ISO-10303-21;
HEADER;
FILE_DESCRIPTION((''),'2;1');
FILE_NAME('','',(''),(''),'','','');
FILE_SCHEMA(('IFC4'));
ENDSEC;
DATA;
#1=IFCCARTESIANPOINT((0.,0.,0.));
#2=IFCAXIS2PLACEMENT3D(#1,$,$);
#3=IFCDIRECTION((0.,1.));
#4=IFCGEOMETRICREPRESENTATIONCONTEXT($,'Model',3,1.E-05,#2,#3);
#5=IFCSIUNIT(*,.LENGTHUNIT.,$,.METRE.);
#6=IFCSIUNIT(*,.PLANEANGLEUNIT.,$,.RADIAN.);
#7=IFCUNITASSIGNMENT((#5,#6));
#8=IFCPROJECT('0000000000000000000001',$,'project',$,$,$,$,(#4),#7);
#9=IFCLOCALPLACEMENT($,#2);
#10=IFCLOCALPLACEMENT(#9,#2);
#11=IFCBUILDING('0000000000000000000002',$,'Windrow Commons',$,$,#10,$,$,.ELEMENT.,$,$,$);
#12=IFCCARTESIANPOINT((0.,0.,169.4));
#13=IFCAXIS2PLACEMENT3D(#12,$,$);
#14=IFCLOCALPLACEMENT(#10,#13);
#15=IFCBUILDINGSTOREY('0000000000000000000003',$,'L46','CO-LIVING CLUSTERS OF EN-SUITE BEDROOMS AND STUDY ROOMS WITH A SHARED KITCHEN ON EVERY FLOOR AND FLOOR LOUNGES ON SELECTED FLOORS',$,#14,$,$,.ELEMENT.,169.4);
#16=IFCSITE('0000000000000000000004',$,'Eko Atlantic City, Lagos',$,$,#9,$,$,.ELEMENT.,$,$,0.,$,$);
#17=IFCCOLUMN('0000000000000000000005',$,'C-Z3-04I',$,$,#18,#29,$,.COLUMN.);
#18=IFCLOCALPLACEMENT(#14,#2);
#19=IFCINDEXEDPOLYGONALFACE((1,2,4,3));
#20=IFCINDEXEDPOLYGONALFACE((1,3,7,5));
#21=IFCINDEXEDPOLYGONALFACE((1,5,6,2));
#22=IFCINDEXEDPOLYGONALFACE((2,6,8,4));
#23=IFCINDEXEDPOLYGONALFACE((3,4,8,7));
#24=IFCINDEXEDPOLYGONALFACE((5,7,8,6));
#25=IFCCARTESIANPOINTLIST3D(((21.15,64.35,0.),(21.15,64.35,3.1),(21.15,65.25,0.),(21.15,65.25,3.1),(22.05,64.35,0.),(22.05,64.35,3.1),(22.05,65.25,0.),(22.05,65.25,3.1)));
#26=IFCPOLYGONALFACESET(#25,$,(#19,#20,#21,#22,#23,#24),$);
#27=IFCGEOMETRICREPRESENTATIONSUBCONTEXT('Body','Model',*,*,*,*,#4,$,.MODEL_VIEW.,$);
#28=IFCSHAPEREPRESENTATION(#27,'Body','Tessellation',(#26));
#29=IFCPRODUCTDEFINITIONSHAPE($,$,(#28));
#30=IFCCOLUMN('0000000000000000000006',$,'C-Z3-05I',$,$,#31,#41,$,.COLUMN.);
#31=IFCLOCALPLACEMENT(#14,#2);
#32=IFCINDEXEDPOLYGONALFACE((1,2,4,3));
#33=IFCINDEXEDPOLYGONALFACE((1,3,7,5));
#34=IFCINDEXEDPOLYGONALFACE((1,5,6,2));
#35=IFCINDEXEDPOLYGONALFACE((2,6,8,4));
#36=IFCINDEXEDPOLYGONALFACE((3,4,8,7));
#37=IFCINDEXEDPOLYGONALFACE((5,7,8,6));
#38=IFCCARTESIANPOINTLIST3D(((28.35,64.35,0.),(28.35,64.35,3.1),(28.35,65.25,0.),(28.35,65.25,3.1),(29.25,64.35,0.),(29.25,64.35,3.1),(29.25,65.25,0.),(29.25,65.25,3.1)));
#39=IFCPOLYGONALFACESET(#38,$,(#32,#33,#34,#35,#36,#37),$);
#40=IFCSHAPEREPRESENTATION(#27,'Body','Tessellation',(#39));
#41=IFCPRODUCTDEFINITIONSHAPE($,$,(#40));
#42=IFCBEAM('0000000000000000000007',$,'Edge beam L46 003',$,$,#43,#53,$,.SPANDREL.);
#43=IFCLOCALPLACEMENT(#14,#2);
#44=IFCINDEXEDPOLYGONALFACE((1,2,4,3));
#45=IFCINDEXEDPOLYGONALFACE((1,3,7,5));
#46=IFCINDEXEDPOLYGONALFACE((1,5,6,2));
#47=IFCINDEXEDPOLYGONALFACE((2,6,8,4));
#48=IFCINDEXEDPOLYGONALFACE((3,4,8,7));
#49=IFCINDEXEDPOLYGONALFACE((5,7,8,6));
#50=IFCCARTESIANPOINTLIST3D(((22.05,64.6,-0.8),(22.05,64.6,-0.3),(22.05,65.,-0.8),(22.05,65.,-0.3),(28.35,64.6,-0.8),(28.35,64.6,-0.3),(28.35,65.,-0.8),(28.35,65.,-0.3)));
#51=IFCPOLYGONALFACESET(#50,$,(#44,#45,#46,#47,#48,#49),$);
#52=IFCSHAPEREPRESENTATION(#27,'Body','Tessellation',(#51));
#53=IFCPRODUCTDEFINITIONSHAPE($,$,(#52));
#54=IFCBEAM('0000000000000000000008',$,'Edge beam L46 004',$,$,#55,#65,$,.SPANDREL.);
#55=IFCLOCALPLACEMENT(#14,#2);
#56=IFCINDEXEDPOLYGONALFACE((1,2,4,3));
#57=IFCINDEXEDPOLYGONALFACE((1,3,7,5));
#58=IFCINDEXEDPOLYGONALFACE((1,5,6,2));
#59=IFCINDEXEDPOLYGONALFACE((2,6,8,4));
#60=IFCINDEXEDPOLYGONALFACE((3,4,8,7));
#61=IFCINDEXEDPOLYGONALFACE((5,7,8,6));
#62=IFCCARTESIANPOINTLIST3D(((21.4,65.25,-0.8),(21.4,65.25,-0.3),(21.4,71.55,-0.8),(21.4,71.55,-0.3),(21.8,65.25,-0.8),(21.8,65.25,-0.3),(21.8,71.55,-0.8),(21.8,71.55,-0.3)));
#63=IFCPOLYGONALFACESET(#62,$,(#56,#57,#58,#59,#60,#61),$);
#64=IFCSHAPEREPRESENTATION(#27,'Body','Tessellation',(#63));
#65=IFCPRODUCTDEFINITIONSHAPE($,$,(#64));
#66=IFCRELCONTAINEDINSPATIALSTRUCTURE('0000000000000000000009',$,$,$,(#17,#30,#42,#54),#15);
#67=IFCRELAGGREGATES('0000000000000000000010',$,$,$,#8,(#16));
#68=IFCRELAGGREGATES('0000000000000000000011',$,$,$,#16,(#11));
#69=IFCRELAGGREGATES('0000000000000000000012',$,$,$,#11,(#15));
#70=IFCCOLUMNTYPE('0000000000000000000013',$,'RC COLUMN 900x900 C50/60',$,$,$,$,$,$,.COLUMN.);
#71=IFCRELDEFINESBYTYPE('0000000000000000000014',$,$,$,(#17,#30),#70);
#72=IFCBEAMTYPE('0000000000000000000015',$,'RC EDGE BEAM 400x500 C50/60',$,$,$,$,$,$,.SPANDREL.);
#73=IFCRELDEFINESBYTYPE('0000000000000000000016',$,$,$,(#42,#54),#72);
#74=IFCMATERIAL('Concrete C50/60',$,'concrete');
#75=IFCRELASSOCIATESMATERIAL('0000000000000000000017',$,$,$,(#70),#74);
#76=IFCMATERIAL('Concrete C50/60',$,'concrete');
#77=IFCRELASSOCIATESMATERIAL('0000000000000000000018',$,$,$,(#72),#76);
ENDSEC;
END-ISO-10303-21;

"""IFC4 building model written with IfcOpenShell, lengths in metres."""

from ifc_helpers import new_model, si_unit, direction, frame, origin, origin_2d, place, context, subcontext, project, spatial, rectangle, extrude, material, material_profile, profile_set, type_object, element, save


model = new_model("IFC4")

# Units and contexts
model_context = context("Model", 3, precision=1e-05, world=origin(), true_north=direction((0.0, 1.0)))
body_context = subcontext(model_context, "Body", "Model", "MODEL_VIEW")
ifc_project = project(units=[si_unit("LENGTHUNIT", "METRE"), si_unit("PLANEANGLEUNIT", "RADIAN")], contexts=[model_context])

# Site, building, storey
site_placement = place(None, origin())
site = spatial("IfcSite", under=ifc_project, at=site_placement, Name="Eko Atlantic City, Lagos", CompositionType="ELEMENT", RefElevation=0.0)
building_placement = place(site_placement, origin())
building = spatial("IfcBuilding", under=site, at=building_placement, Name="Windrow Commons", CompositionType="ELEMENT")
storey_placement = place(building_placement, frame((0.0, 0.0, 169.4)))
storey = spatial("IfcBuildingStorey", under=building, at=storey_placement, Name="L46", Description="CO-LIVING CLUSTERS OF EN-SUITE BEDROOMS AND STUDY ROOMS WITH A SHARED KITCHEN ON EVERY FLOOR AND FLOOR LOUNGES ON SELECTED FLOORS", CompositionType="ELEMENT", Elevation=169.4)

# Columns
ifc_material_1 = material(Name="Concrete C50/60", Category="concrete")
ifc_material_profile_1 = material_profile(ifc_material_1, rectangle(XDim=0.9, YDim=0.9, at=origin_2d()))
ifc_profile_set_1 = profile_set([ifc_material_profile_1], Name="Concrete C50/60")
column_type = type_object("IfcColumnType", Name="RC COLUMN 900x900 C50/60", PredefinedType="COLUMN", material=ifc_profile_set_1)
for number, where, z_axis, x_axis, name in (
    (1, (21.6, 64.8, 0.0), (0.0, 0.0, 1.0), (1.0, 0.0, 0.0), "C-Z3-04I"),
    (2, (28.8, 64.8, 0.0), (0.0, 0.0, 1.0), (1.0, 0.0, 0.0), "C-Z3-05I"),
):
    element("IfcColumn", number, at=place(storey_placement, frame(where, z_axis=z_axis, x_axis=x_axis)), inside=storey, type_object=column_type, Name=name, PredefinedType="COLUMN", context=body_context, shape_type="SweptSolid", body=[
        extrude(rectangle(XDim=0.9, YDim=0.9, at=origin_2d()), origin(), (0.0, 0.0, 1.0), 3.1),
    ])

# Beams
ifc_material_2 = material(Name="Concrete C50/60", Category="concrete")
ifc_material_profile_2 = material_profile(ifc_material_2, rectangle(XDim=0.4, YDim=0.5, at=origin_2d()))
ifc_profile_set_2 = profile_set([ifc_material_profile_2], Name="Concrete C50/60")
beam_type = type_object("IfcBeamType", Name="RC EDGE BEAM 400x500 C50/60", PredefinedType="SPANDREL", material=ifc_profile_set_2)
for number, where, z_axis, x_axis, name in (
    (3, (28.35, 64.8, -0.55), (-1.0, 0.0, 0.0), (0.0, -1.0, 0.0), "Edge beam L46 003"),
    (4, (21.6, 65.25, -0.55), (0.0, 1.0, 0.0), (-1.0, 0.0, 0.0), "Edge beam L46 004"),
):
    element("IfcBeam", number, at=place(storey_placement, frame(where, z_axis=z_axis, x_axis=x_axis)), inside=storey, type_object=beam_type, Name=name, PredefinedType="SPANDREL", context=body_context, shape_type="SweptSolid", body=[
        extrude(rectangle(XDim=0.4, YDim=0.5, at=origin_2d()), origin(), (0.0, 0.0, 1.0), 6.3),
    ])

save(model, "model.ifc")
